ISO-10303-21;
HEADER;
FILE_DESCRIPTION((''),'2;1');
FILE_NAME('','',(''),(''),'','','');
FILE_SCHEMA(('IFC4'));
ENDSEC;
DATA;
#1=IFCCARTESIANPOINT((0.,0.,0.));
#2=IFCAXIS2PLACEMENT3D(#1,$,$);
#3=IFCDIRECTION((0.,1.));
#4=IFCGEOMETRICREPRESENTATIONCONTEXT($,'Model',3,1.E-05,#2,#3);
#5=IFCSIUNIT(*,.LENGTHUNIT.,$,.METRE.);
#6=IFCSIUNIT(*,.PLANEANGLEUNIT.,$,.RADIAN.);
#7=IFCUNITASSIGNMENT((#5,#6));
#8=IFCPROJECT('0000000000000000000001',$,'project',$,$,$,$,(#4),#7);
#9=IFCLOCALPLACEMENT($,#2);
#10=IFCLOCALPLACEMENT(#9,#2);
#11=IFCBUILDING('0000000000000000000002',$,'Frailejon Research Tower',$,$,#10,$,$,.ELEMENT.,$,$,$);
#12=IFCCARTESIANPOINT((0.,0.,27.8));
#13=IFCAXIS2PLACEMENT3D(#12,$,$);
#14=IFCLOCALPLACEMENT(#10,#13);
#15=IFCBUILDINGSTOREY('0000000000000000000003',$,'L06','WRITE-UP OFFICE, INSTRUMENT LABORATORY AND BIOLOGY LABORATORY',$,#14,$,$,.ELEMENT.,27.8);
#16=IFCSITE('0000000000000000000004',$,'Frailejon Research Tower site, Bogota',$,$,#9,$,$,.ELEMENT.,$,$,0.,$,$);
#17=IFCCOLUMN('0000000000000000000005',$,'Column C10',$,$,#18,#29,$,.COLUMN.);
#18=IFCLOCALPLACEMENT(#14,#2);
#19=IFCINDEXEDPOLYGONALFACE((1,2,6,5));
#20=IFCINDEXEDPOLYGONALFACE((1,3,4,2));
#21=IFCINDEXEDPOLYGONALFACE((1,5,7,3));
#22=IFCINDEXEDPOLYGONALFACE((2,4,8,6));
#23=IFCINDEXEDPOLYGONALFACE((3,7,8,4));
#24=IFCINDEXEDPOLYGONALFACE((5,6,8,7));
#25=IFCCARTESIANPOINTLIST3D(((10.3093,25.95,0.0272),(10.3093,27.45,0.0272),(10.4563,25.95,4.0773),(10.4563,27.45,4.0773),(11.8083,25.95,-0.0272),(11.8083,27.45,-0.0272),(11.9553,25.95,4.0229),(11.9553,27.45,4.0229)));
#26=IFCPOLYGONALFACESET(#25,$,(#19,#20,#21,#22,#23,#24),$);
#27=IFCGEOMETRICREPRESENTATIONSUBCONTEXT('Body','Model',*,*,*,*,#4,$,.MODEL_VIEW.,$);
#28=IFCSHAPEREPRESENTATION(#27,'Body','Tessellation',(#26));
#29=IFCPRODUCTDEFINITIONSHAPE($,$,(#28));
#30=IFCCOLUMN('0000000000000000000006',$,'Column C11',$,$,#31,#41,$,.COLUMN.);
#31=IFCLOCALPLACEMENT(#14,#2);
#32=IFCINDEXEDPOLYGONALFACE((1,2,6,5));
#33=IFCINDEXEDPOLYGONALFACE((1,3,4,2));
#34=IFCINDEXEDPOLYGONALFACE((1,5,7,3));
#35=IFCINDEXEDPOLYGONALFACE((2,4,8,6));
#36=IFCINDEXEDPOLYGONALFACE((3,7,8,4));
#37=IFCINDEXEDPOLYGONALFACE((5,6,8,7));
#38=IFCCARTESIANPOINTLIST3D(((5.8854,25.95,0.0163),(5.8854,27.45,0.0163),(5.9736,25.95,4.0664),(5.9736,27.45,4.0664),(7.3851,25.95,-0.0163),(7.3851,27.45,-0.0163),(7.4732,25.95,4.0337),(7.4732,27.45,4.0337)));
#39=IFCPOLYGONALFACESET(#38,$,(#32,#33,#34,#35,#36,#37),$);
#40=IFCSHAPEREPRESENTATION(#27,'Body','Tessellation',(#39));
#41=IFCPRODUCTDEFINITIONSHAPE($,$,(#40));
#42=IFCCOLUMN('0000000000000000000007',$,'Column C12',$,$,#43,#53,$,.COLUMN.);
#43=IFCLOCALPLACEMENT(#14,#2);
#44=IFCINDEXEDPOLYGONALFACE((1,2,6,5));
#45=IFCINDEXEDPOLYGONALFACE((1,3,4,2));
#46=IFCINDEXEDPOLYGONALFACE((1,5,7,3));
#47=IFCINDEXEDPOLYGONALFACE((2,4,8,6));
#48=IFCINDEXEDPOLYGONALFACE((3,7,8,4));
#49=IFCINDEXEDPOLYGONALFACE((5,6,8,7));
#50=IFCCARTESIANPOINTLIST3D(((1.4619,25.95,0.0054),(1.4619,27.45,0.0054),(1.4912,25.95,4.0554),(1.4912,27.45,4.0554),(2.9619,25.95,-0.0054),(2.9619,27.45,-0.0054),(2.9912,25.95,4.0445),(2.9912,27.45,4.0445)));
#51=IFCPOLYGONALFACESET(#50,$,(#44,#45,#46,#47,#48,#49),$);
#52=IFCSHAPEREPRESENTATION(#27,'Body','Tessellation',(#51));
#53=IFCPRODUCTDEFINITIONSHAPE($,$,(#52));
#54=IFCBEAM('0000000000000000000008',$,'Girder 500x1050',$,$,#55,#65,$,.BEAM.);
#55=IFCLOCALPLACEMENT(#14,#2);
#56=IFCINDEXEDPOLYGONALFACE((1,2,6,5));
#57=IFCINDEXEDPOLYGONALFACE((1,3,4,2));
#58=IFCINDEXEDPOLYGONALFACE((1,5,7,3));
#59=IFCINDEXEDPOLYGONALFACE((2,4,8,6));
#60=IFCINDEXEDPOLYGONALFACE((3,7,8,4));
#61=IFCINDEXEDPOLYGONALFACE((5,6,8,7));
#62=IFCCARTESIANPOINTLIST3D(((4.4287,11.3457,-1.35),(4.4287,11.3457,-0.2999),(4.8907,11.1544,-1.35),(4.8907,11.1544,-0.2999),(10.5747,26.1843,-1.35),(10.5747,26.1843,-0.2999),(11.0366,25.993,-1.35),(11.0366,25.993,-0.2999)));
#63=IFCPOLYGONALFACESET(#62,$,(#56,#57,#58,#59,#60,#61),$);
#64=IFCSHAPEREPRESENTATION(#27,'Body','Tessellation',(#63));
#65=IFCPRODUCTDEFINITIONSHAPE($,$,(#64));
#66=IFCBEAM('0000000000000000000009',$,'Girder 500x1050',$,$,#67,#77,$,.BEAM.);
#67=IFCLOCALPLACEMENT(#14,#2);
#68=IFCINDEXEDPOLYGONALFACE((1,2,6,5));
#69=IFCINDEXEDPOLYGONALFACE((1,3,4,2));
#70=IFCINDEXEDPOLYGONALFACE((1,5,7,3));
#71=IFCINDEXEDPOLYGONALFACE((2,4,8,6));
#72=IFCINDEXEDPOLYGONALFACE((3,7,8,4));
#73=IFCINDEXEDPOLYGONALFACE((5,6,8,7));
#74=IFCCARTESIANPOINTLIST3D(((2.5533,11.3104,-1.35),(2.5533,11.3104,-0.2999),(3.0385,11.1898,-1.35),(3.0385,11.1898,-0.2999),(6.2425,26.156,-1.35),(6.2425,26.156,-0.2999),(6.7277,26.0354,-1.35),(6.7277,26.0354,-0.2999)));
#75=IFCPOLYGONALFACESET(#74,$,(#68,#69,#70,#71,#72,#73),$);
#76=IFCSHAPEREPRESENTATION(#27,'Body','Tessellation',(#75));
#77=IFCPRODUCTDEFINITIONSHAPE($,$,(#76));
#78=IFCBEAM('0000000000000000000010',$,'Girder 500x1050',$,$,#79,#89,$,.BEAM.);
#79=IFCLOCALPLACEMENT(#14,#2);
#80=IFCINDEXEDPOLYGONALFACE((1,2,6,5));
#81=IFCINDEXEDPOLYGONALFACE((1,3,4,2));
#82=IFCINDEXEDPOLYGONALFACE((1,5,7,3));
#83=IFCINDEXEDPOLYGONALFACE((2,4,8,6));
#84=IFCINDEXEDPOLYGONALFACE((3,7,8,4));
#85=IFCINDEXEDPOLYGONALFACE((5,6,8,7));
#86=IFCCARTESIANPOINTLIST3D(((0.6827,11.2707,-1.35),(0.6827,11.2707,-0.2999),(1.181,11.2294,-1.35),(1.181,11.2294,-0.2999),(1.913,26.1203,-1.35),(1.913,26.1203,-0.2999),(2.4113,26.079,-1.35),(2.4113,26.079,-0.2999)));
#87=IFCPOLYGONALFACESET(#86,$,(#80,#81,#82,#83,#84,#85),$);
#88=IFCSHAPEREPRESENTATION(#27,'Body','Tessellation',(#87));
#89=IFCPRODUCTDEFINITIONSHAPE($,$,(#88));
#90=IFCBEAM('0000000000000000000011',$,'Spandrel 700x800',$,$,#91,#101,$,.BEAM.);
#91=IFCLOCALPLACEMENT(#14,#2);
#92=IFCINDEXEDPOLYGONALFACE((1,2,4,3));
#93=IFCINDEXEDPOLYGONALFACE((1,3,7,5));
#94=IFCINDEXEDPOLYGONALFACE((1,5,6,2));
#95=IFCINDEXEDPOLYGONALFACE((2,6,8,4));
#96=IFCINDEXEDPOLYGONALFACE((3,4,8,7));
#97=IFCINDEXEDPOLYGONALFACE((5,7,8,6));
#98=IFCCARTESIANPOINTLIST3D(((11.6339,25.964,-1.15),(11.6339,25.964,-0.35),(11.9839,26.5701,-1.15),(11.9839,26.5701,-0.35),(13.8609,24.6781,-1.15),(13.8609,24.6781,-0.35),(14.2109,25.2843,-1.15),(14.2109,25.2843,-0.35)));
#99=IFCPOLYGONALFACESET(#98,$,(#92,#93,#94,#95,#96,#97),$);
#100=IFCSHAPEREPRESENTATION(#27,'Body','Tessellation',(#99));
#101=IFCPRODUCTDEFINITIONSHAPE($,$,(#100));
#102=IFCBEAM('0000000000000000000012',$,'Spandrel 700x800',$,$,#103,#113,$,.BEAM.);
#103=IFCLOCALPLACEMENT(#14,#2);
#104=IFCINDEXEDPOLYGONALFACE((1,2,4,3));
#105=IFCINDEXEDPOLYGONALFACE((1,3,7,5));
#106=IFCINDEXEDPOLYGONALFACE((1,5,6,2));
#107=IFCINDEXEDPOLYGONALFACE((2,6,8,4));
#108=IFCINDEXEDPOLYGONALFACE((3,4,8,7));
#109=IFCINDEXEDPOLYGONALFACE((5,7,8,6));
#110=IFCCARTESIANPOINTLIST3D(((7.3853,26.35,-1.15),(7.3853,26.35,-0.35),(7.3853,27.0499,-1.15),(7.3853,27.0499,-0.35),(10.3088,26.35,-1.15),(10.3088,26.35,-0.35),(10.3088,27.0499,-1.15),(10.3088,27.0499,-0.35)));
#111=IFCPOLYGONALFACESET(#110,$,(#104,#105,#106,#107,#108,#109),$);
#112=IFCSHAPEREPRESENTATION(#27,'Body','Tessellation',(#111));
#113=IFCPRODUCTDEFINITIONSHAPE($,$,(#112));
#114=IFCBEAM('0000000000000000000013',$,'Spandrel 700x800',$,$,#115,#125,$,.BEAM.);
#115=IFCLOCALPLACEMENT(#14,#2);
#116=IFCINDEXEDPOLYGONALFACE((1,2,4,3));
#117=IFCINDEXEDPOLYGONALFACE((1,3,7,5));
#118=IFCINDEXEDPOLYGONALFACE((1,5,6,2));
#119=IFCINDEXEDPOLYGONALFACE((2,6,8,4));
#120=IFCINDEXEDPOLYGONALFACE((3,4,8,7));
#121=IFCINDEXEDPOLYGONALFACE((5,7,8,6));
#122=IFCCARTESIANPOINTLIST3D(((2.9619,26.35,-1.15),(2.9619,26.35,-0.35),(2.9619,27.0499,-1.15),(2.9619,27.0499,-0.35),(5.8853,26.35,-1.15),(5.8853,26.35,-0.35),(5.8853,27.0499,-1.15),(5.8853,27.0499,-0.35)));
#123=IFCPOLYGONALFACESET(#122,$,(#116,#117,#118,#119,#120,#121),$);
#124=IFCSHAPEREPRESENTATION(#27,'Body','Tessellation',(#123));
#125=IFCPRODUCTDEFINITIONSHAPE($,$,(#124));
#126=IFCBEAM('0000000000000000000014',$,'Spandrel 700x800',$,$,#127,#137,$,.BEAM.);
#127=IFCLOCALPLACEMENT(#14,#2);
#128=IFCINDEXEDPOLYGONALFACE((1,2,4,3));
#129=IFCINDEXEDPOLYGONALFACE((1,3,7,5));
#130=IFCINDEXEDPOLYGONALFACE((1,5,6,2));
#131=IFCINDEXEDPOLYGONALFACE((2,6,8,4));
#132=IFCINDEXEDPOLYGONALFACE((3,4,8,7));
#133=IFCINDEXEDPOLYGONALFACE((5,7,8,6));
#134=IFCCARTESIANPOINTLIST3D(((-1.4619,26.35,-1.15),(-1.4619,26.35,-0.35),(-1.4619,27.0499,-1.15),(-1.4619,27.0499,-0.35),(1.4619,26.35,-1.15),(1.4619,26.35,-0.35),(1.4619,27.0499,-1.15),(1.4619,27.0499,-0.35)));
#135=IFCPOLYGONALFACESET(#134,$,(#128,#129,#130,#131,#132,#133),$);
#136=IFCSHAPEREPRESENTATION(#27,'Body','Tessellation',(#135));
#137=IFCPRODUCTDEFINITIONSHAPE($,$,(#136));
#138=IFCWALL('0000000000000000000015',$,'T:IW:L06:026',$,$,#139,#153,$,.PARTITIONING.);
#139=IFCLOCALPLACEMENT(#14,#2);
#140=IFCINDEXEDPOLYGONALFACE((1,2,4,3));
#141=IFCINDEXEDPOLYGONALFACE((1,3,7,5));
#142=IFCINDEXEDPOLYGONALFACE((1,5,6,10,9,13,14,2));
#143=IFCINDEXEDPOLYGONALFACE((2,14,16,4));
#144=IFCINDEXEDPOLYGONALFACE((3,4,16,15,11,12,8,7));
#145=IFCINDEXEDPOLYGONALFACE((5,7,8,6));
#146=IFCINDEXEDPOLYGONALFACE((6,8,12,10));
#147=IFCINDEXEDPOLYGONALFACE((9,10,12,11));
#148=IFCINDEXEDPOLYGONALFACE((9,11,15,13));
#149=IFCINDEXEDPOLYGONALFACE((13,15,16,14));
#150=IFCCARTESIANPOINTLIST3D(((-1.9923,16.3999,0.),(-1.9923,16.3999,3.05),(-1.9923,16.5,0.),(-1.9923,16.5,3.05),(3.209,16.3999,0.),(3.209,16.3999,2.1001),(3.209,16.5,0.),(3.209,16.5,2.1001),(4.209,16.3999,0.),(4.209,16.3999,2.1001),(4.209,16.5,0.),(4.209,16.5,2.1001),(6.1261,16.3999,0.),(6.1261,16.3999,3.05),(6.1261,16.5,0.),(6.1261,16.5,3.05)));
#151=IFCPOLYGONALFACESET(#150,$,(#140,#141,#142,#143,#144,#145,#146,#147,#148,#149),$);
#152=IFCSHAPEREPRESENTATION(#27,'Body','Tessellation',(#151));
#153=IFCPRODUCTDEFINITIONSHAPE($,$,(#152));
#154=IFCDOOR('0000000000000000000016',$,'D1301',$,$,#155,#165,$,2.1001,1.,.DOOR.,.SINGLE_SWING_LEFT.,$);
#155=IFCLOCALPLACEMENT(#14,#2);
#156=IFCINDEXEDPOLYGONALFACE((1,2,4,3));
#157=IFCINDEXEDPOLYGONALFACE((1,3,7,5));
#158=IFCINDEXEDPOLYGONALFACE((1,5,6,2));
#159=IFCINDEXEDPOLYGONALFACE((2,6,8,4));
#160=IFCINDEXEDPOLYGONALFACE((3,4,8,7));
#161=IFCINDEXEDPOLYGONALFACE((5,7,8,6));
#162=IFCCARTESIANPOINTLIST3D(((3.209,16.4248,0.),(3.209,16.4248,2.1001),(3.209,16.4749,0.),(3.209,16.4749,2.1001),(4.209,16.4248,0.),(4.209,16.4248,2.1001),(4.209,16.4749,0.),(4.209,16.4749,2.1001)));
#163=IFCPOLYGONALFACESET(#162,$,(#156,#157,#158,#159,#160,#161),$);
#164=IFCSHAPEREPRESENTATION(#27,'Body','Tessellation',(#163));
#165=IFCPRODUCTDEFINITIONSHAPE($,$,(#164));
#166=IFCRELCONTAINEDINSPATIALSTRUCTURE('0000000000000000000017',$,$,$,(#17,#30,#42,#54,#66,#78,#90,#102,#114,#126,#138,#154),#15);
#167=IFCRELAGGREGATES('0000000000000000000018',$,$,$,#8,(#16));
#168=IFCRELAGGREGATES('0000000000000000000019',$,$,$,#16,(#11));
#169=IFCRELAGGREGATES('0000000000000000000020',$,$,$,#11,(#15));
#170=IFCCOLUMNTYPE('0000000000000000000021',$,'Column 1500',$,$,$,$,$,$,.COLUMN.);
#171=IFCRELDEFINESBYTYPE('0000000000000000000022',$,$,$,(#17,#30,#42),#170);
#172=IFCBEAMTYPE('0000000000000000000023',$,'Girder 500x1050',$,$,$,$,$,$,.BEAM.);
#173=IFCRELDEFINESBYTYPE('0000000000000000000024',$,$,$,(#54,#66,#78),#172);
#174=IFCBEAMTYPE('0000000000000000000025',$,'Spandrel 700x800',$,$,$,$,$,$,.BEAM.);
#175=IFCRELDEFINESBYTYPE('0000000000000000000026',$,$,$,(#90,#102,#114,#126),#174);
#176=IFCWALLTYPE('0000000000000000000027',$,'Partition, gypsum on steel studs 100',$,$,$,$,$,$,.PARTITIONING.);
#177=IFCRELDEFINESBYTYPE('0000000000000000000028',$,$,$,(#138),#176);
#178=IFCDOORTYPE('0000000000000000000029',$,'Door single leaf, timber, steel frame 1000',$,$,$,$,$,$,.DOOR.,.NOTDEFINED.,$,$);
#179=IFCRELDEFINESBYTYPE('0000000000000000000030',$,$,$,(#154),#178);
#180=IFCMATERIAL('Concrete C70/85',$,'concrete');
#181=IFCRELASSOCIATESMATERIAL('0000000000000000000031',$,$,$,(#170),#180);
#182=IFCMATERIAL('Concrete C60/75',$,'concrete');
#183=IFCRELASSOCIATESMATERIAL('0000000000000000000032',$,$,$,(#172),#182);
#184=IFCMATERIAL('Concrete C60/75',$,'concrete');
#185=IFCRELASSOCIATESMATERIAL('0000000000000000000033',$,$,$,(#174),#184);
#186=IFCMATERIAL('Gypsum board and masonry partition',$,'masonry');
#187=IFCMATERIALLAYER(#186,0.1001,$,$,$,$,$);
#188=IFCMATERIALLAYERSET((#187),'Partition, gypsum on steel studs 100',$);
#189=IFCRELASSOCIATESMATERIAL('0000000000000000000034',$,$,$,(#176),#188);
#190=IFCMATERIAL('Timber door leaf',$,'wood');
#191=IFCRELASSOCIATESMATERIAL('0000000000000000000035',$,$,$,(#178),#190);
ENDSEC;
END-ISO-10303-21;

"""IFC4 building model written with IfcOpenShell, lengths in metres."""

from ifc_helpers import new_model, si_unit, direction, frame, frame_2d, origin, origin_2d, place, context, subcontext, project, spatial, rectangle, extrude, material, layer, layer_set, material_profile, profile_set, type_object, element, fill, save


model = new_model("IFC4")

# Units and contexts
model_context = context("Model", 3, precision=1e-05, world=origin(), true_north=direction((0.0, 1.0)))
body_context = subcontext(model_context, "Body", "Model", "MODEL_VIEW")
ifc_project = project(units=[si_unit("LENGTHUNIT", "METRE"), si_unit("PLANEANGLEUNIT", "RADIAN")], contexts=[model_context])

# Site, building, storey
site_placement = place(None, origin())
site = spatial("IfcSite", under=ifc_project, at=site_placement, Name="Frailejon Research Tower site, Bogota", CompositionType="ELEMENT", RefElevation=0.0)
building_placement = place(site_placement, origin())
building = spatial("IfcBuilding", under=site, at=building_placement, Name="Frailejon Research Tower", CompositionType="ELEMENT")
storey_placement = place(building_placement, frame((0.0, 0.0, 27.8)))
storey = spatial("IfcBuildingStorey", under=building, at=storey_placement, Name="L06", Description="WRITE-UP OFFICE, INSTRUMENT LABORATORY AND BIOLOGY LABORATORY", CompositionType="ELEMENT", Elevation=27.8)

# Columns
ifc_material_1 = material(Name="Concrete C70/85", Category="concrete")
ifc_material_profile_1 = material_profile(ifc_material_1, rectangle(XDim=1.5, YDim=1.5, at=origin_2d()), Name="Column 1500")
ifc_profile_set_1 = profile_set([ifc_material_profile_1], Name="Concrete C70/85")
column_type = type_object("IfcColumnType", Name="Column 1500", PredefinedType="COLUMN", material=ifc_profile_set_1)
column_1_placement = place(storey_placement, frame((11.0588, 26.7, 0.0), z_axis=(0.036265, 0.0, 0.999342), x_axis=(-0.999342, 0.0, 0.036265)))
element("IfcColumn", 1, at=column_1_placement, inside=storey, type_object=column_type, Name="Column C10", PredefinedType="COLUMN", context=body_context, shape_type="SweptSolid", body=[
    extrude(rectangle(XDim=1.5, YDim=1.5, at=origin_2d()), origin(), (0.0, 0.0, 1.0), 4.0527),
])
column_2_placement = place(storey_placement, frame((6.6353, 26.7, 0.0), z_axis=(0.021756, 0.0, 0.999763), x_axis=(-0.999763, 0.0, 0.021756)))
element("IfcColumn", 2, at=column_2_placement, inside=storey, type_object=column_type, Name="Column C11", PredefinedType="COLUMN", context=body_context, shape_type="SweptSolid", body=[
    extrude(rectangle(XDim=1.5, YDim=1.5, at=origin_2d()), origin(), (0.0, 0.0, 1.0), 4.051),
])
column_3_placement = place(storey_placement, frame((2.2119, 26.7, 0.0), z_axis=(0.007234, 0.0, 0.999974), x_axis=(-0.999974, 0.0, 0.007234)))
element("IfcColumn", 3, at=column_3_placement, inside=storey, type_object=column_type, Name="Column C12", PredefinedType="COLUMN", context=body_context, shape_type="SweptSolid", body=[
    extrude(rectangle(XDim=1.5, YDim=1.5, at=origin_2d()), origin(), (0.0, 0.0, 1.0), 4.05),
])

# Beams
ifc_material_2 = material(Name="Concrete C60/75", Category="concrete")
ifc_material_profile_2 = material_profile(ifc_material_2, rectangle(XDim=0.5, YDim=1.05, at=origin_2d()), Name="Girder 500x1050")
ifc_profile_set_2 = profile_set([ifc_material_profile_2], Name="Concrete C60/75")
beam_type_1 = type_object("IfcBeamType", Name="Girder 500x1050", PredefinedType="BEAM", material=ifc_profile_set_2)
beam_1_placement = place(storey_placement, frame((10.8057, 26.0886, -0.825), z_axis=(-0.382664, -0.923888, 0.0), x_axis=(0.923888, -0.382664, 0.0)))
element("IfcBeam", 4, at=beam_1_placement, inside=storey, type_object=beam_type_1, Name="Girder 500x1050", PredefinedType="BEAM", context=body_context, shape_type="SweptSolid", body=[
    extrude(rectangle(XDim=0.5, YDim=1.05, at=origin_2d()), origin(), (0.0, 0.0, 1.0), 16.061),
])
beam_2_placement = place(storey_placement, frame((6.4851, 26.0957, -0.825), z_axis=(-0.241168, -0.970483, 0.0), x_axis=(0.970483, -0.241168, 0.0)))
element("IfcBeam", 5, at=beam_2_placement, inside=storey, type_object=beam_type_1, Name="Girder 500x1050", PredefinedType="BEAM", context=body_context, shape_type="SweptSolid", body=[
    extrude(rectangle(XDim=0.5, YDim=1.05, at=origin_2d()), origin(), (0.0, 0.0, 1.0), 15.2971),
])
beam_3_placement = place(storey_placement, frame((2.1621, 26.0996, -0.825), z_axis=(-0.082563, -0.996586, 0.0), x_axis=(0.996586, -0.082563, 0.0)))
element("IfcBeam", 6, at=beam_3_placement, inside=storey, type_object=beam_type_1, Name="Girder 500x1050", PredefinedType="BEAM", context=body_context, shape_type="SweptSolid", body=[
    extrude(rectangle(XDim=0.5, YDim=1.05, at=origin_2d()), origin(), (0.0, 0.0, 1.0), 14.9004),
])
ifc_material_3 = material(Name="Concrete C60/75", Category="concrete")
ifc_material_profile_3 = material_profile(ifc_material_3, rectangle(XDim=0.7, YDim=0.8, at=origin_2d()), Name="Spandrel 700x800")
ifc_profile_set_3 = profile_set([ifc_material_profile_3], Name="Concrete C60/75")
beam_type_2 = type_object("IfcBeamType", Name="Spandrel 700x800", PredefinedType="BEAM", material=ifc_profile_set_3)
beam_4_placement = place(storey_placement, frame((14.0359, 24.9812, -0.75), z_axis=(-0.866009, 0.500029, 0.0), x_axis=(-0.500029, -0.866009, 0.0)))
element("IfcBeam", 7, at=beam_4_placement, inside=storey, type_object=beam_type_2, Name="Spandrel 700x800", PredefinedType="BEAM", context=body_context, shape_type="SweptSolid", body=[
    extrude(rectangle(XDim=0.7, YDim=0.8, at=origin_2d()), origin(), (0.0, 0.0, 1.0), 2.5715),
])
beam_5_placement = place(storey_placement, frame((10.3088, 26.7, -0.75), z_axis=(-1.0, 0.0, 0.0), x_axis=(0.0, -1.0, 0.0)))
element("IfcBeam", 8, at=beam_5_placement, inside=storey, type_object=beam_type_2, Name="Spandrel 700x800", PredefinedType="BEAM", context=body_context, shape_type="SweptSolid", body=[
    extrude(rectangle(XDim=0.7, YDim=0.8, at=origin_2d()), origin(), (0.0, 0.0, 1.0), 2.9236),
])
beam_6_placement = place(storey_placement, frame((5.8853, 26.7, -0.75), z_axis=(-1.0, 0.0, 0.0), x_axis=(0.0, -1.0, 0.0)))
element("IfcBeam", 9, at=beam_6_placement, inside=storey, type_object=beam_type_2, Name="Spandrel 700x800", PredefinedType="BEAM", context=body_context, shape_type="SweptSolid", body=[
    extrude(rectangle(XDim=0.7, YDim=0.8, at=origin_2d()), origin(), (0.0, 0.0, 1.0), 2.9233),
])
beam_7_placement = place(storey_placement, frame((1.4619, 26.7, -0.75), z_axis=(-1.0, 0.0, 0.0), x_axis=(0.0, -1.0, 0.0)))
element("IfcBeam", 10, at=beam_7_placement, inside=storey, type_object=beam_type_2, Name="Spandrel 700x800", PredefinedType="BEAM", context=body_context, shape_type="SweptSolid", body=[
    extrude(rectangle(XDim=0.7, YDim=0.8, at=origin_2d()), origin(), (0.0, 0.0, 1.0), 2.9238),
])

# Wall, opening, door
ifc_material_4 = material(Name="Gypsum board and masonry partition", Category="masonry")
ifc_layer_1 = layer(ifc_material_4, 0.1001)
ifc_layer_set_1 = layer_set([ifc_layer_1], Name="Partition, gypsum on steel studs 100")
wall_type_1 = type_object("IfcWallType", Name="Partition, gypsum on steel studs 100", PredefinedType="PARTITIONING", material=ifc_layer_set_1)
wall_1_placement = place(storey_placement, frame((-1.9922, 16.45, 0.0), z_axis=(0.0, 0.0, 1.0), x_axis=(1.0, 0.0, 0.0)))
wall_1 = element("IfcWall", 11, at=wall_1_placement, inside=storey, type_object=wall_type_1, Name="T:IW:L06:026", PredefinedType="PARTITIONING", context=body_context, shape_type="SweptSolid", body=[
    extrude(rectangle(XDim=8.1184, YDim=0.1001, at=frame_2d((4.0591, 0.0))), origin(), (0.0, 0.0, 1.0), 3.05),
])
opening_1_placement = place(wall_1_placement, frame((5.2012, 0.0, 0.0)))
opening_1 = element("IfcOpeningElement", 12, at=opening_1_placement, cuts=wall_1, PredefinedType="OPENING", context=body_context, shape_type="SweptSolid", body=[
    extrude(rectangle(XDim=1.0, YDim=2.1001, at=frame_2d((0.5, 1.05))), frame((0.0, 0.0601, 0.0), z_axis=(0.0, -1.0, 0.0), x_axis=(1.0, 0.0, 0.0)), (0.0, 0.0, 1.0), 0.1201),
])
ifc_material_5 = material(Name="Timber door leaf", Category="wood")
door_type_1 = type_object("IfcDoorType", Name="Door single leaf, timber, steel frame 1000", OperationType="NOTDEFINED", PredefinedType="DOOR", material=ifc_material_5)
door_1_placement = place(opening_1_placement, origin())
door_1 = element("IfcDoor", 13, at=door_1_placement, inside=storey, type_object=door_type_1, Name="D1301", OperationType="SINGLE_SWING_LEFT", OverallHeight=2.1001, OverallWidth=1.0, PredefinedType="DOOR", context=body_context, shape_type="SweptSolid", body=[
    extrude(rectangle(XDim=1.0, YDim=2.1001, at=frame_2d((0.5, 1.05))), frame((0.0, 0.0249, 0.0), z_axis=(0.0, -1.0, 0.0), x_axis=(1.0, 0.0, 0.0)), (0.0, 0.0, 1.0), 0.05),
])
fill(opening_1, door_1)

save(model, "model.ifc")
